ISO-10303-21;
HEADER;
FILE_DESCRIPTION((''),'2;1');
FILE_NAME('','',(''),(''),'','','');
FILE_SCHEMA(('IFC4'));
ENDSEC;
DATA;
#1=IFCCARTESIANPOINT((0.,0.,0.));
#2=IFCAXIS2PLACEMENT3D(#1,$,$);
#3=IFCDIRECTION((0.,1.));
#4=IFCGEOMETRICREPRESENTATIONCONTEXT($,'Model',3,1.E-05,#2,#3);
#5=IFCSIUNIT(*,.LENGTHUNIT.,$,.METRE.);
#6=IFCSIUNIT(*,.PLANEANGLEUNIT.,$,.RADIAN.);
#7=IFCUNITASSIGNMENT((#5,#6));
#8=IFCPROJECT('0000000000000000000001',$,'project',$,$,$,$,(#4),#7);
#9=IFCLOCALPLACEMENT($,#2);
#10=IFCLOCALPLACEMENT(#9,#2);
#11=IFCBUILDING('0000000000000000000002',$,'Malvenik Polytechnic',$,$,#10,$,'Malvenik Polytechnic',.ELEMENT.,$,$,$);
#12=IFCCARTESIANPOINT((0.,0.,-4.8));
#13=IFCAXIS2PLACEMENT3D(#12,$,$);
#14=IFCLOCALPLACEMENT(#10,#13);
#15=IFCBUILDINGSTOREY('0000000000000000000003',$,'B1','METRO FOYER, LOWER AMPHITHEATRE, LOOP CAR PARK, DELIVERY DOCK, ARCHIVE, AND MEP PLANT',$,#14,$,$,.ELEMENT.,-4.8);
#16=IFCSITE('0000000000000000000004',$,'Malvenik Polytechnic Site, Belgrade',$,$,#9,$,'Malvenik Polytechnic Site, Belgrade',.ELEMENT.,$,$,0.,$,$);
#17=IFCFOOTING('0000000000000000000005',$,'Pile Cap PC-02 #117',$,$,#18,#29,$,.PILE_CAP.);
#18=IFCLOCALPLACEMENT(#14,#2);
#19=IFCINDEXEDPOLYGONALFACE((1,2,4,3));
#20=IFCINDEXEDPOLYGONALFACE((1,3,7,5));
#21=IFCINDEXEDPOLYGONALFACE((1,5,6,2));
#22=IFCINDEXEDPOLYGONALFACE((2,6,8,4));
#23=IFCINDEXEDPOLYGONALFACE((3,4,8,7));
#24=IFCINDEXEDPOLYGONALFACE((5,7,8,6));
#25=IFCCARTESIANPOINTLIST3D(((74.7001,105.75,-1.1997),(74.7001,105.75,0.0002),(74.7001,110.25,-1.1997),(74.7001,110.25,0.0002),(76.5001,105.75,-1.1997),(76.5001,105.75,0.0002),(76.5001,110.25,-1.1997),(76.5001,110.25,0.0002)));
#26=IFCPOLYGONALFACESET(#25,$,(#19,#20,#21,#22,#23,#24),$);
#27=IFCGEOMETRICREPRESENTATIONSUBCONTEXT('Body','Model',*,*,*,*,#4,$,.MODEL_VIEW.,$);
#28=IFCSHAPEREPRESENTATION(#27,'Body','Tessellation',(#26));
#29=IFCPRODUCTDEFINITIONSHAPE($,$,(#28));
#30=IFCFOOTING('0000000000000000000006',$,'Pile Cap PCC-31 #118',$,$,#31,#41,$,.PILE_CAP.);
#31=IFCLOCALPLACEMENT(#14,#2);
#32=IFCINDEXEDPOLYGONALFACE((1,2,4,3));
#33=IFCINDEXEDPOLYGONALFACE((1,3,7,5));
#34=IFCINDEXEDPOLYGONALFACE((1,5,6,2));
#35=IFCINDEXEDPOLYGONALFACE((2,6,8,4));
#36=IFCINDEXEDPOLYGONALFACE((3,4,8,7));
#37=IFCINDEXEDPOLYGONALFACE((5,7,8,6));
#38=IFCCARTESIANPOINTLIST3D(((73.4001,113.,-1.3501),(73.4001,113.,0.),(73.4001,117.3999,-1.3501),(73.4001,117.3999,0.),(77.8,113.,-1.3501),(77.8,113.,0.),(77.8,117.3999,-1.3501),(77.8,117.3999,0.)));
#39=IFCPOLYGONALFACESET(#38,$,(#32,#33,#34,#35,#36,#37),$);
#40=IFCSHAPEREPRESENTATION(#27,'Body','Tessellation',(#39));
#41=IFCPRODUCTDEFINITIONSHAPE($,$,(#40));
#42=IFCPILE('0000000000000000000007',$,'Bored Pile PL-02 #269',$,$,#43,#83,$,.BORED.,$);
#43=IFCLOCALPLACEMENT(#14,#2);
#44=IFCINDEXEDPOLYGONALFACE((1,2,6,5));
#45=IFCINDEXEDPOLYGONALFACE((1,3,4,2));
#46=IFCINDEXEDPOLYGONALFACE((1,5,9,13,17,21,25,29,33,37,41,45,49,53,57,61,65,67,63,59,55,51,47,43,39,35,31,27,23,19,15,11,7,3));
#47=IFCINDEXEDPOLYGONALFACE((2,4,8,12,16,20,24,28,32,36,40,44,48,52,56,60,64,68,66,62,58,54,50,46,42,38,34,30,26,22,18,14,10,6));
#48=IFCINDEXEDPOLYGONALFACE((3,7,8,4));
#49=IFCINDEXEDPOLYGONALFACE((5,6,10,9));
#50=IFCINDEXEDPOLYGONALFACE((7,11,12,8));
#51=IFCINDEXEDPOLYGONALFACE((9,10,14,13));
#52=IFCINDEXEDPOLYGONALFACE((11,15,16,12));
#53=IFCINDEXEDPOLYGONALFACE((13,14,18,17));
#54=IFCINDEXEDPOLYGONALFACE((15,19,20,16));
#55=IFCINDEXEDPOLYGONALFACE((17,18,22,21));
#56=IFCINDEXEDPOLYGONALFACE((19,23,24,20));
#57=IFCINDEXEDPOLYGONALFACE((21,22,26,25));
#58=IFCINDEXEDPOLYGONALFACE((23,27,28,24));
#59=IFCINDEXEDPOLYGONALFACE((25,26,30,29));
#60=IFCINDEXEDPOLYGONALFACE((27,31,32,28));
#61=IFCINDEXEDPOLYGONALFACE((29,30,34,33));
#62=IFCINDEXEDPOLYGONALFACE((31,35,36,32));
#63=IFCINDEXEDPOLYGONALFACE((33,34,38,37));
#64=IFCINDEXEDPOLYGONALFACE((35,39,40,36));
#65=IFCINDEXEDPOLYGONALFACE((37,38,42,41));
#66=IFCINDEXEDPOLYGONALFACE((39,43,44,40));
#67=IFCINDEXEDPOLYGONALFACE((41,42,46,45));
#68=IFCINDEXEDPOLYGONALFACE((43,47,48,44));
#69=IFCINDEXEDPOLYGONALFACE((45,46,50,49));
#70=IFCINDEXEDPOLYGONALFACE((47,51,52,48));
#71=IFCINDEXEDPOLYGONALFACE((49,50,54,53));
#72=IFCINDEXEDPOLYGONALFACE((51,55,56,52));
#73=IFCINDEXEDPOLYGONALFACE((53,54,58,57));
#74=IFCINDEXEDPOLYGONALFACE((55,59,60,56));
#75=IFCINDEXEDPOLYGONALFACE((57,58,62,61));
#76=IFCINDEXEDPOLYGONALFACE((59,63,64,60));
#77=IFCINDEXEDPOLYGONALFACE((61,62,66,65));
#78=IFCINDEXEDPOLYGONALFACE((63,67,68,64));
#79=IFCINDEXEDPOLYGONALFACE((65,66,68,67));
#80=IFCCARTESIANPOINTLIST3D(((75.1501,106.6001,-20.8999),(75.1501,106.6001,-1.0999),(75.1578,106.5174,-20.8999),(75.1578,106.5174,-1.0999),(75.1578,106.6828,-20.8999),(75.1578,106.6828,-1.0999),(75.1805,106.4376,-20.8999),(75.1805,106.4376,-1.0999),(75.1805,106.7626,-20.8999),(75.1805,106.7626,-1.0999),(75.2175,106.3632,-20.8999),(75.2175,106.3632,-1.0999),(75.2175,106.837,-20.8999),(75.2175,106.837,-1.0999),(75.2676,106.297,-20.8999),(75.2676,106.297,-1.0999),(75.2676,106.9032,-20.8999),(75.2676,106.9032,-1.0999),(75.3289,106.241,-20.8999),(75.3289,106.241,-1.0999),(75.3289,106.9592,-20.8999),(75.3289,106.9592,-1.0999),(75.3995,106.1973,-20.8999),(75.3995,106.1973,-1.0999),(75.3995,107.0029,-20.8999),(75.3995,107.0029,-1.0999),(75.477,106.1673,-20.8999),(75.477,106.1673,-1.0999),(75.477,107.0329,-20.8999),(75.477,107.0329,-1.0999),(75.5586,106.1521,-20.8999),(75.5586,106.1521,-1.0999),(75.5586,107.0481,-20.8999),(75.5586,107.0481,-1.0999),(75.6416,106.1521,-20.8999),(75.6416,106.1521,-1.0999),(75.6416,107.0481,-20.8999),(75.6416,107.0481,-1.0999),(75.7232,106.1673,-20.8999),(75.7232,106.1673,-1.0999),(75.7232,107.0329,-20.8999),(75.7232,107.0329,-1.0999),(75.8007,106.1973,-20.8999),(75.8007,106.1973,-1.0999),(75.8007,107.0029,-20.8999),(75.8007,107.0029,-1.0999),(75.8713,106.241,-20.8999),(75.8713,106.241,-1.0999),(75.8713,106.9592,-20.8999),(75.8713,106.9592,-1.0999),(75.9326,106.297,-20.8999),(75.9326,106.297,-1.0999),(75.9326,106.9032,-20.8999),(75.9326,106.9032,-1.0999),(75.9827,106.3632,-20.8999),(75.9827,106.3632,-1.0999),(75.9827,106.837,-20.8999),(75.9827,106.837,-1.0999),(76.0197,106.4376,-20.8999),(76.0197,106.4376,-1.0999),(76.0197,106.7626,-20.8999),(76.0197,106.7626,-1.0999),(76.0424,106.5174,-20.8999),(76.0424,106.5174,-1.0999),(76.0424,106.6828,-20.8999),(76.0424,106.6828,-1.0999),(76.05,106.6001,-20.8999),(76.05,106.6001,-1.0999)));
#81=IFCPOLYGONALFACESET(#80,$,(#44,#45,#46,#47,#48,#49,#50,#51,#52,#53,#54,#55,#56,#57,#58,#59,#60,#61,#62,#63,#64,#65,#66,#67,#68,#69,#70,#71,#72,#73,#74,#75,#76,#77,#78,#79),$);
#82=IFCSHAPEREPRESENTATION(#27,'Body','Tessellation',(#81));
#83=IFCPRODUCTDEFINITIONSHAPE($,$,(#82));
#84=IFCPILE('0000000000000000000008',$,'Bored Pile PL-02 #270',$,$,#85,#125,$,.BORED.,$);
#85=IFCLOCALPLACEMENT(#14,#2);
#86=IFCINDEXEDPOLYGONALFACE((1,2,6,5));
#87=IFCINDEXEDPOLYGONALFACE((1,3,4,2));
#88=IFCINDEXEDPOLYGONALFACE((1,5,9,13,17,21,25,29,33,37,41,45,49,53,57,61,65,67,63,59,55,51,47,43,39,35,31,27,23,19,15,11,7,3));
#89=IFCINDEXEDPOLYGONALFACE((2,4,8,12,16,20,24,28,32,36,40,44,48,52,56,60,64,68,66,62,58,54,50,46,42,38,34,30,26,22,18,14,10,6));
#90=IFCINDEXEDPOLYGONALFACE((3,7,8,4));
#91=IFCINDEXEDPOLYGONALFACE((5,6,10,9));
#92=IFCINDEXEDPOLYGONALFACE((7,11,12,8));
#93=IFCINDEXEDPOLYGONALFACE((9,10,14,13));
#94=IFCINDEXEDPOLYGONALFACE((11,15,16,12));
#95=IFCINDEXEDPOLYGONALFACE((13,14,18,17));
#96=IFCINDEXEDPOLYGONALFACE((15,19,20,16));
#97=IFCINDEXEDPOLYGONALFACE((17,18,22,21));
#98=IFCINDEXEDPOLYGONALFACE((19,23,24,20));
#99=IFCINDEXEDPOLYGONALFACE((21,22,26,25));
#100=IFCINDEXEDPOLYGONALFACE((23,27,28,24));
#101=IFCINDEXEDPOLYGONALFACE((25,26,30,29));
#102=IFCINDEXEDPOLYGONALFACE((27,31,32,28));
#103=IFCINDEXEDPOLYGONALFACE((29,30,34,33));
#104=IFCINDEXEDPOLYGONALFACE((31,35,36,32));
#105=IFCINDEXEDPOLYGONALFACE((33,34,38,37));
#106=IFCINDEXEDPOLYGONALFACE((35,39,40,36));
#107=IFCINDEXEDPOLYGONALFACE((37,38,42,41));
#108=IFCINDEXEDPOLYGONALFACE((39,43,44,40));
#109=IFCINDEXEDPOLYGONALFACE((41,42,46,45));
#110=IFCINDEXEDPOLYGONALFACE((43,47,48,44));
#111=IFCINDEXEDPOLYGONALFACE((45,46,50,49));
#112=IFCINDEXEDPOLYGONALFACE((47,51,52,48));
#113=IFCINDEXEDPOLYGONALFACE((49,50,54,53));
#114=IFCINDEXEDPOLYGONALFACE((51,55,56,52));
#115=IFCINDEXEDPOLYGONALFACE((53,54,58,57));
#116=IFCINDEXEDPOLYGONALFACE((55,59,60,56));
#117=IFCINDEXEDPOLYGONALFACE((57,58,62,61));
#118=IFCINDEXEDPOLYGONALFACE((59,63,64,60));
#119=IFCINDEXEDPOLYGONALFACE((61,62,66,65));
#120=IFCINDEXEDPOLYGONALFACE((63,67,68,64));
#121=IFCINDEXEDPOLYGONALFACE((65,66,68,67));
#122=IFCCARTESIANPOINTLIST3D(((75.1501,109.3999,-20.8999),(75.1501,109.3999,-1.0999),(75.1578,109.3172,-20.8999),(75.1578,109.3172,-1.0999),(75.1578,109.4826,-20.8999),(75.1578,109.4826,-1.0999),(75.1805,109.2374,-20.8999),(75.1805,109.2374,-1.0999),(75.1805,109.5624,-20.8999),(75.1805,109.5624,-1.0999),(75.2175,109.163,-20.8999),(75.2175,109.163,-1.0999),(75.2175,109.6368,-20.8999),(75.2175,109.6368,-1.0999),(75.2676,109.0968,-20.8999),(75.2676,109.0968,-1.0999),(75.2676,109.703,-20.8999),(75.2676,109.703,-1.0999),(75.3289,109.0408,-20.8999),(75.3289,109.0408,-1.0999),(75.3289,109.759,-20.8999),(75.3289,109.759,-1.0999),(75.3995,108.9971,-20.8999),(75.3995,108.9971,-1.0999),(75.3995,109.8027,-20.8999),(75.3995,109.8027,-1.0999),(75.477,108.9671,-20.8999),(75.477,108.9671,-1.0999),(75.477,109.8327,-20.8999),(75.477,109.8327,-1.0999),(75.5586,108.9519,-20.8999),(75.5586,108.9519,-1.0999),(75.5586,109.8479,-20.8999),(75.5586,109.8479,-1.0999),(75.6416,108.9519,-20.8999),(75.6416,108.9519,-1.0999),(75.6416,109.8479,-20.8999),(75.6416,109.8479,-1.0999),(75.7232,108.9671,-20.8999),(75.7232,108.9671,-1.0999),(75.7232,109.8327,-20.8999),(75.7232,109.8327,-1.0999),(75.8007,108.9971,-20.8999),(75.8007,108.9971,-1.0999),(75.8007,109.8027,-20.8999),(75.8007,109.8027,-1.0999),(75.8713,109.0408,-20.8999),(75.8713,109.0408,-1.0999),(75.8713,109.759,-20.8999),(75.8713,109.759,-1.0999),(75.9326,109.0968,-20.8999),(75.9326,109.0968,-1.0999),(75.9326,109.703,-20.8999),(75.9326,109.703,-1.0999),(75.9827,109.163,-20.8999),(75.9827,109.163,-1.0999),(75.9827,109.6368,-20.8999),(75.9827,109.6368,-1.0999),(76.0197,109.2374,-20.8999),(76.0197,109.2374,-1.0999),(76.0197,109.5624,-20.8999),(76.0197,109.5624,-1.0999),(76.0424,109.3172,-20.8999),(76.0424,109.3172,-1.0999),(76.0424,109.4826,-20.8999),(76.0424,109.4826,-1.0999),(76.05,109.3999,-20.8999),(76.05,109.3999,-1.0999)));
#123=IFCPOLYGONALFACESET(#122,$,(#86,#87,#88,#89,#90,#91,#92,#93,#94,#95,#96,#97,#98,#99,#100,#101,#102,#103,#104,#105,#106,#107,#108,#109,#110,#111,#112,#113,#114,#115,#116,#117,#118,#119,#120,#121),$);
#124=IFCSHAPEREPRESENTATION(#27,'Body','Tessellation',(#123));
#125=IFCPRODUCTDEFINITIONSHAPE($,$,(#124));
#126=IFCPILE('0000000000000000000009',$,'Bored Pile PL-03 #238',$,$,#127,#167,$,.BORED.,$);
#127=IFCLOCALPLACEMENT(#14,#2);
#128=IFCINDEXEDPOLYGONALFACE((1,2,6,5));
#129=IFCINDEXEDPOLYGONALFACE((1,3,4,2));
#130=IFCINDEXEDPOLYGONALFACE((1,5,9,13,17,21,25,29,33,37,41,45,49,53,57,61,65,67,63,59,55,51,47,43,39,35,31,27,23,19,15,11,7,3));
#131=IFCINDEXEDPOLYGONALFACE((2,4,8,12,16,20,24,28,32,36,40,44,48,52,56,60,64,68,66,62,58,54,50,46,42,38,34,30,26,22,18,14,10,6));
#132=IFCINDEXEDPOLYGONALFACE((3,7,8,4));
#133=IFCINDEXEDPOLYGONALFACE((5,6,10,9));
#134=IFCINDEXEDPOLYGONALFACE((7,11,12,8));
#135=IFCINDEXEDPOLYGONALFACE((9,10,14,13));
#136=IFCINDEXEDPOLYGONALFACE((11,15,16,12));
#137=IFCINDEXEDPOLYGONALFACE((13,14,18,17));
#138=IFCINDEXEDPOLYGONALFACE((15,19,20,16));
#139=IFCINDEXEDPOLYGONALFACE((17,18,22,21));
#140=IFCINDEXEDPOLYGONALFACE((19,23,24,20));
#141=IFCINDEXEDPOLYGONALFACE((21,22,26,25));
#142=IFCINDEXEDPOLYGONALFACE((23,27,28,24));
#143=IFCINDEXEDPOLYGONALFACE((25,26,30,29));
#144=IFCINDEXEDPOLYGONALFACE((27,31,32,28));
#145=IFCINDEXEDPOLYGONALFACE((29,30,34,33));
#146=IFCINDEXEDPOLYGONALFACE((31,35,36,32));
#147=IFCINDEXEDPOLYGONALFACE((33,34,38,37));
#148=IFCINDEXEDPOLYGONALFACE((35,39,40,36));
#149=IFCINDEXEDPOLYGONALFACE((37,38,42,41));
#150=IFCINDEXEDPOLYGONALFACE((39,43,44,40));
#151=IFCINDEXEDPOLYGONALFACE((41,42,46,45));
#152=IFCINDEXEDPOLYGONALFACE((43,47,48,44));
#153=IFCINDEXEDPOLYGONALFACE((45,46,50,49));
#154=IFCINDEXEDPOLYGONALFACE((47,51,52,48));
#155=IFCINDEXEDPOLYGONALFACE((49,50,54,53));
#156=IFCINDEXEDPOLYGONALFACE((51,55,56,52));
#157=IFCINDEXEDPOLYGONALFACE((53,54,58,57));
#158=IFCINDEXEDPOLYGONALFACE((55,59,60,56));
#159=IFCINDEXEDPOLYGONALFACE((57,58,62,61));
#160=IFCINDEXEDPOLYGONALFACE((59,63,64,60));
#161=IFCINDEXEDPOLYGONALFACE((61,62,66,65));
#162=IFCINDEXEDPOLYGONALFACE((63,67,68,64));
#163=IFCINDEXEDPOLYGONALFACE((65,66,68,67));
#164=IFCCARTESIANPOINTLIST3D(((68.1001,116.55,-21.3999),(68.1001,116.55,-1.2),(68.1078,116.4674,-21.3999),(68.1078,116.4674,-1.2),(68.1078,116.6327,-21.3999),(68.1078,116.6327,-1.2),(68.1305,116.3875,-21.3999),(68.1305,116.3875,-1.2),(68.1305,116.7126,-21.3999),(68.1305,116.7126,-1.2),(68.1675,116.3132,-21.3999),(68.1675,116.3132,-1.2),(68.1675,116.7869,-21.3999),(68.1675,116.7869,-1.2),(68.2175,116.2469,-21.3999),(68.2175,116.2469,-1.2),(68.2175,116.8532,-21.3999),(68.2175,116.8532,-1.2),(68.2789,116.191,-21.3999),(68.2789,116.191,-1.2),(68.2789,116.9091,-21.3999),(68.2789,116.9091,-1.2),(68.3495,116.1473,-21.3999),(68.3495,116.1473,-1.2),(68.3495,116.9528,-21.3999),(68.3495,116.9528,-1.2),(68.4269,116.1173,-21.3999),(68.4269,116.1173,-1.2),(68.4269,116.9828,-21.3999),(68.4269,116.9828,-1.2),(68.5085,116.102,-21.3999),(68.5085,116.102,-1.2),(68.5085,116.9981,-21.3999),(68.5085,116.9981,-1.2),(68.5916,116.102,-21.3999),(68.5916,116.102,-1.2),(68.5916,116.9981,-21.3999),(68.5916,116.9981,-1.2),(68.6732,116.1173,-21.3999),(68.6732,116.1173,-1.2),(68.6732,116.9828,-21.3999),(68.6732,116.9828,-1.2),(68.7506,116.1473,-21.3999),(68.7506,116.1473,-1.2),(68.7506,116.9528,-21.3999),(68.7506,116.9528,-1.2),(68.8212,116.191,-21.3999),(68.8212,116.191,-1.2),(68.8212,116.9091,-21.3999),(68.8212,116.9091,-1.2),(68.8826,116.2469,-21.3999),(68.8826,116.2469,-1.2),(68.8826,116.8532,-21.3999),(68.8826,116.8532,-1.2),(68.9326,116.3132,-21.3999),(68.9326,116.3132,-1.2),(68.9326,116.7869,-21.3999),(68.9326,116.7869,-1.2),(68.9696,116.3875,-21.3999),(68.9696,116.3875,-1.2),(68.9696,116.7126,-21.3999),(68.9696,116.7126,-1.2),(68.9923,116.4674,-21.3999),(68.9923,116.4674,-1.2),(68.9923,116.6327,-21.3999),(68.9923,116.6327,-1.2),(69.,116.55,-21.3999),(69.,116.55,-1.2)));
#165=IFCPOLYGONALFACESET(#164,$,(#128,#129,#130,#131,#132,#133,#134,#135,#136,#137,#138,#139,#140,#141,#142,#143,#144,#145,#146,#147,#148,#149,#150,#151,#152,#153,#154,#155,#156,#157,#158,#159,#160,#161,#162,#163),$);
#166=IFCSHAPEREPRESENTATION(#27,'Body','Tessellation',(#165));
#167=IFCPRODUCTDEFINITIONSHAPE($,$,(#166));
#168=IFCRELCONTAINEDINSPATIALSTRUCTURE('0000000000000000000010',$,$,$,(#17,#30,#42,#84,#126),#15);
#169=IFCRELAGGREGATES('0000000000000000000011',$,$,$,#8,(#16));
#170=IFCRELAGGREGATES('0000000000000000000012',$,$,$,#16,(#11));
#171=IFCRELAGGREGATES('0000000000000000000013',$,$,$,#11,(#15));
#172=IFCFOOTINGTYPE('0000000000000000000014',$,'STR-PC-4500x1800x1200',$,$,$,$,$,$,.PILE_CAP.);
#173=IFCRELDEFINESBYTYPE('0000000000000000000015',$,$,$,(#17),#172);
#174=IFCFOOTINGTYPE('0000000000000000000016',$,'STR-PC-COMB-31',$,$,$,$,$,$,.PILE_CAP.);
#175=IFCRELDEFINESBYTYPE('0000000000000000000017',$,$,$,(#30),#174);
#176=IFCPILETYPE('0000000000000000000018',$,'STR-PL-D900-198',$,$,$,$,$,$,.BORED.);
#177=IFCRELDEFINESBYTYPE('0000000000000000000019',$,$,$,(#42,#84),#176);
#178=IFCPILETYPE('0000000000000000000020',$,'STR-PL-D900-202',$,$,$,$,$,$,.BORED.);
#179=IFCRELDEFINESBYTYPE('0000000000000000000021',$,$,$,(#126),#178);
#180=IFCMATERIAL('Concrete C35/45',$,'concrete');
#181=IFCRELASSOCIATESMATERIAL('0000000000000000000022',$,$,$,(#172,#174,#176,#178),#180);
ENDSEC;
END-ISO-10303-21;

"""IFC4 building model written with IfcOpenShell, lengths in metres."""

from ifc_helpers import new_model, si_unit, direction, frame, origin, origin_2d, place, context, subcontext, project, spatial, rectangle, circle, extrude, material, material_profile, profile_set, type_object, element, save


model = new_model("IFC4")

# Units and contexts
model_context = context("Model", 3, precision=1e-05, world=origin(), true_north=direction((0.0, 1.0)))
body_context = subcontext(model_context, "Body", "Model", "MODEL_VIEW")
ifc_project = project(units=[si_unit("LENGTHUNIT", "METRE"), si_unit("PLANEANGLEUNIT", "RADIAN")], contexts=[model_context])

# Site, building, storey
site_placement = place(None, origin())
site = spatial("IfcSite", under=ifc_project, at=site_placement, Name="Malvenik Polytechnic Site, Belgrade", LongName="Malvenik Polytechnic Site, Belgrade", CompositionType="ELEMENT", RefElevation=0.0)
building_placement = place(site_placement, origin())
building = spatial("IfcBuilding", under=site, at=building_placement, Name="Malvenik Polytechnic", LongName="Malvenik Polytechnic", CompositionType="ELEMENT")
storey_placement = place(building_placement, frame((0.0, 0.0, -4.8)))
storey = spatial("IfcBuildingStorey", under=building, at=storey_placement, Name="B1", Description="METRO FOYER, LOWER AMPHITHEATRE, LOOP CAR PARK, DELIVERY DOCK, ARCHIVE, AND MEP PLANT", CompositionType="ELEMENT", Elevation=-4.8)

# Footings
ifc_material_1 = material(Name="Concrete C35/45", Category="concrete")
footing_type_1 = type_object("IfcFootingType", Name="STR-PC-4500x1800x1200", PredefinedType="PILE_CAP", material=ifc_material_1)
footing_1_placement = place(storey_placement, frame((75.6001, 108.0, -1.1997), z_axis=(0.0, 0.0, 1.0), x_axis=(1.0, 0.0, 0.0)))
element("IfcFooting", 1, at=footing_1_placement, inside=storey, type_object=footing_type_1, Name="Pile Cap PC-02 #117", PredefinedType="PILE_CAP", context=body_context, shape_type="SweptSolid", body=[
    extrude(rectangle(XDim=1.8, YDim=4.5, at=origin_2d()), origin(), (0.0, 0.0, 1.0), 1.2),
])
footing_type_2 = type_object("IfcFootingType", Name="STR-PC-COMB-31", PredefinedType="PILE_CAP", material=ifc_material_1)
footing_2_placement = place(storey_placement, frame((75.6001, 115.2, -1.3501), z_axis=(0.0, 0.0, 1.0), x_axis=(1.0, 0.0, 0.0)))
element("IfcFooting", 2, at=footing_2_placement, inside=storey, type_object=footing_type_2, Name="Pile Cap PCC-31 #118", PredefinedType="PILE_CAP", context=body_context, shape_type="SweptSolid", body=[
    extrude(rectangle(XDim=4.3999, YDim=4.3999, at=origin_2d()), origin(), (0.0, 0.0, 1.0), 1.3501),
])

# Piles
ifc_material_profile_1 = material_profile(ifc_material_1, circle(Radius=0.45, at=origin_2d()), Name="BORED PILE D900")
ifc_profile_set_1 = profile_set([ifc_material_profile_1], Name="Concrete C35/45")
pile_type_1 = type_object("IfcPileType", Name="STR-PL-D900-198", PredefinedType="BORED", material=ifc_profile_set_1)
for number, where, z_axis, x_axis, name in (
    (3, (75.6001, 106.6001, -1.0999), (0.0, 0.0, -1.0), (1.0, 0.0, 0.0), "Bored Pile PL-02 #269"),
    (4, (75.6001, 109.3999, -1.0999), (0.0, 0.0, -1.0), (1.0, 0.0, 0.0), "Bored Pile PL-02 #270"),
):
    element("IfcPile", number, at=place(storey_placement, frame(where, z_axis=z_axis, x_axis=x_axis)), inside=storey, type_object=pile_type_1, Name=name, PredefinedType="BORED", context=body_context, shape_type="SweptSolid", body=[
        extrude(circle(Radius=0.45, at=origin_2d()), origin(), (0.0, 0.0, 1.0), 19.8),
    ])
ifc_material_profile_2 = material_profile(ifc_material_1, circle(Radius=0.45, at=origin_2d()), Name="BORED PILE D900")
ifc_profile_set_2 = profile_set([ifc_material_profile_2], Name="Concrete C35/45")
pile_type_2 = type_object("IfcPileType", Name="STR-PL-D900-202", PredefinedType="BORED", material=ifc_profile_set_2)
for number, where, z_axis, x_axis, name in (
    (5, (68.55, 116.55, -1.2), (0.0, 0.0, -1.0), (1.0, 0.0, 0.0), "Bored Pile PL-03 #238"),
):
    element("IfcPile", number, at=place(storey_placement, frame(where, z_axis=z_axis, x_axis=x_axis)), inside=storey, type_object=pile_type_2, Name=name, PredefinedType="BORED", context=body_context, shape_type="SweptSolid", body=[
        extrude(circle(Radius=0.45, at=origin_2d()), origin(), (0.0, 0.0, 1.0), 20.2),
    ])

save(model, "model.ifc")
